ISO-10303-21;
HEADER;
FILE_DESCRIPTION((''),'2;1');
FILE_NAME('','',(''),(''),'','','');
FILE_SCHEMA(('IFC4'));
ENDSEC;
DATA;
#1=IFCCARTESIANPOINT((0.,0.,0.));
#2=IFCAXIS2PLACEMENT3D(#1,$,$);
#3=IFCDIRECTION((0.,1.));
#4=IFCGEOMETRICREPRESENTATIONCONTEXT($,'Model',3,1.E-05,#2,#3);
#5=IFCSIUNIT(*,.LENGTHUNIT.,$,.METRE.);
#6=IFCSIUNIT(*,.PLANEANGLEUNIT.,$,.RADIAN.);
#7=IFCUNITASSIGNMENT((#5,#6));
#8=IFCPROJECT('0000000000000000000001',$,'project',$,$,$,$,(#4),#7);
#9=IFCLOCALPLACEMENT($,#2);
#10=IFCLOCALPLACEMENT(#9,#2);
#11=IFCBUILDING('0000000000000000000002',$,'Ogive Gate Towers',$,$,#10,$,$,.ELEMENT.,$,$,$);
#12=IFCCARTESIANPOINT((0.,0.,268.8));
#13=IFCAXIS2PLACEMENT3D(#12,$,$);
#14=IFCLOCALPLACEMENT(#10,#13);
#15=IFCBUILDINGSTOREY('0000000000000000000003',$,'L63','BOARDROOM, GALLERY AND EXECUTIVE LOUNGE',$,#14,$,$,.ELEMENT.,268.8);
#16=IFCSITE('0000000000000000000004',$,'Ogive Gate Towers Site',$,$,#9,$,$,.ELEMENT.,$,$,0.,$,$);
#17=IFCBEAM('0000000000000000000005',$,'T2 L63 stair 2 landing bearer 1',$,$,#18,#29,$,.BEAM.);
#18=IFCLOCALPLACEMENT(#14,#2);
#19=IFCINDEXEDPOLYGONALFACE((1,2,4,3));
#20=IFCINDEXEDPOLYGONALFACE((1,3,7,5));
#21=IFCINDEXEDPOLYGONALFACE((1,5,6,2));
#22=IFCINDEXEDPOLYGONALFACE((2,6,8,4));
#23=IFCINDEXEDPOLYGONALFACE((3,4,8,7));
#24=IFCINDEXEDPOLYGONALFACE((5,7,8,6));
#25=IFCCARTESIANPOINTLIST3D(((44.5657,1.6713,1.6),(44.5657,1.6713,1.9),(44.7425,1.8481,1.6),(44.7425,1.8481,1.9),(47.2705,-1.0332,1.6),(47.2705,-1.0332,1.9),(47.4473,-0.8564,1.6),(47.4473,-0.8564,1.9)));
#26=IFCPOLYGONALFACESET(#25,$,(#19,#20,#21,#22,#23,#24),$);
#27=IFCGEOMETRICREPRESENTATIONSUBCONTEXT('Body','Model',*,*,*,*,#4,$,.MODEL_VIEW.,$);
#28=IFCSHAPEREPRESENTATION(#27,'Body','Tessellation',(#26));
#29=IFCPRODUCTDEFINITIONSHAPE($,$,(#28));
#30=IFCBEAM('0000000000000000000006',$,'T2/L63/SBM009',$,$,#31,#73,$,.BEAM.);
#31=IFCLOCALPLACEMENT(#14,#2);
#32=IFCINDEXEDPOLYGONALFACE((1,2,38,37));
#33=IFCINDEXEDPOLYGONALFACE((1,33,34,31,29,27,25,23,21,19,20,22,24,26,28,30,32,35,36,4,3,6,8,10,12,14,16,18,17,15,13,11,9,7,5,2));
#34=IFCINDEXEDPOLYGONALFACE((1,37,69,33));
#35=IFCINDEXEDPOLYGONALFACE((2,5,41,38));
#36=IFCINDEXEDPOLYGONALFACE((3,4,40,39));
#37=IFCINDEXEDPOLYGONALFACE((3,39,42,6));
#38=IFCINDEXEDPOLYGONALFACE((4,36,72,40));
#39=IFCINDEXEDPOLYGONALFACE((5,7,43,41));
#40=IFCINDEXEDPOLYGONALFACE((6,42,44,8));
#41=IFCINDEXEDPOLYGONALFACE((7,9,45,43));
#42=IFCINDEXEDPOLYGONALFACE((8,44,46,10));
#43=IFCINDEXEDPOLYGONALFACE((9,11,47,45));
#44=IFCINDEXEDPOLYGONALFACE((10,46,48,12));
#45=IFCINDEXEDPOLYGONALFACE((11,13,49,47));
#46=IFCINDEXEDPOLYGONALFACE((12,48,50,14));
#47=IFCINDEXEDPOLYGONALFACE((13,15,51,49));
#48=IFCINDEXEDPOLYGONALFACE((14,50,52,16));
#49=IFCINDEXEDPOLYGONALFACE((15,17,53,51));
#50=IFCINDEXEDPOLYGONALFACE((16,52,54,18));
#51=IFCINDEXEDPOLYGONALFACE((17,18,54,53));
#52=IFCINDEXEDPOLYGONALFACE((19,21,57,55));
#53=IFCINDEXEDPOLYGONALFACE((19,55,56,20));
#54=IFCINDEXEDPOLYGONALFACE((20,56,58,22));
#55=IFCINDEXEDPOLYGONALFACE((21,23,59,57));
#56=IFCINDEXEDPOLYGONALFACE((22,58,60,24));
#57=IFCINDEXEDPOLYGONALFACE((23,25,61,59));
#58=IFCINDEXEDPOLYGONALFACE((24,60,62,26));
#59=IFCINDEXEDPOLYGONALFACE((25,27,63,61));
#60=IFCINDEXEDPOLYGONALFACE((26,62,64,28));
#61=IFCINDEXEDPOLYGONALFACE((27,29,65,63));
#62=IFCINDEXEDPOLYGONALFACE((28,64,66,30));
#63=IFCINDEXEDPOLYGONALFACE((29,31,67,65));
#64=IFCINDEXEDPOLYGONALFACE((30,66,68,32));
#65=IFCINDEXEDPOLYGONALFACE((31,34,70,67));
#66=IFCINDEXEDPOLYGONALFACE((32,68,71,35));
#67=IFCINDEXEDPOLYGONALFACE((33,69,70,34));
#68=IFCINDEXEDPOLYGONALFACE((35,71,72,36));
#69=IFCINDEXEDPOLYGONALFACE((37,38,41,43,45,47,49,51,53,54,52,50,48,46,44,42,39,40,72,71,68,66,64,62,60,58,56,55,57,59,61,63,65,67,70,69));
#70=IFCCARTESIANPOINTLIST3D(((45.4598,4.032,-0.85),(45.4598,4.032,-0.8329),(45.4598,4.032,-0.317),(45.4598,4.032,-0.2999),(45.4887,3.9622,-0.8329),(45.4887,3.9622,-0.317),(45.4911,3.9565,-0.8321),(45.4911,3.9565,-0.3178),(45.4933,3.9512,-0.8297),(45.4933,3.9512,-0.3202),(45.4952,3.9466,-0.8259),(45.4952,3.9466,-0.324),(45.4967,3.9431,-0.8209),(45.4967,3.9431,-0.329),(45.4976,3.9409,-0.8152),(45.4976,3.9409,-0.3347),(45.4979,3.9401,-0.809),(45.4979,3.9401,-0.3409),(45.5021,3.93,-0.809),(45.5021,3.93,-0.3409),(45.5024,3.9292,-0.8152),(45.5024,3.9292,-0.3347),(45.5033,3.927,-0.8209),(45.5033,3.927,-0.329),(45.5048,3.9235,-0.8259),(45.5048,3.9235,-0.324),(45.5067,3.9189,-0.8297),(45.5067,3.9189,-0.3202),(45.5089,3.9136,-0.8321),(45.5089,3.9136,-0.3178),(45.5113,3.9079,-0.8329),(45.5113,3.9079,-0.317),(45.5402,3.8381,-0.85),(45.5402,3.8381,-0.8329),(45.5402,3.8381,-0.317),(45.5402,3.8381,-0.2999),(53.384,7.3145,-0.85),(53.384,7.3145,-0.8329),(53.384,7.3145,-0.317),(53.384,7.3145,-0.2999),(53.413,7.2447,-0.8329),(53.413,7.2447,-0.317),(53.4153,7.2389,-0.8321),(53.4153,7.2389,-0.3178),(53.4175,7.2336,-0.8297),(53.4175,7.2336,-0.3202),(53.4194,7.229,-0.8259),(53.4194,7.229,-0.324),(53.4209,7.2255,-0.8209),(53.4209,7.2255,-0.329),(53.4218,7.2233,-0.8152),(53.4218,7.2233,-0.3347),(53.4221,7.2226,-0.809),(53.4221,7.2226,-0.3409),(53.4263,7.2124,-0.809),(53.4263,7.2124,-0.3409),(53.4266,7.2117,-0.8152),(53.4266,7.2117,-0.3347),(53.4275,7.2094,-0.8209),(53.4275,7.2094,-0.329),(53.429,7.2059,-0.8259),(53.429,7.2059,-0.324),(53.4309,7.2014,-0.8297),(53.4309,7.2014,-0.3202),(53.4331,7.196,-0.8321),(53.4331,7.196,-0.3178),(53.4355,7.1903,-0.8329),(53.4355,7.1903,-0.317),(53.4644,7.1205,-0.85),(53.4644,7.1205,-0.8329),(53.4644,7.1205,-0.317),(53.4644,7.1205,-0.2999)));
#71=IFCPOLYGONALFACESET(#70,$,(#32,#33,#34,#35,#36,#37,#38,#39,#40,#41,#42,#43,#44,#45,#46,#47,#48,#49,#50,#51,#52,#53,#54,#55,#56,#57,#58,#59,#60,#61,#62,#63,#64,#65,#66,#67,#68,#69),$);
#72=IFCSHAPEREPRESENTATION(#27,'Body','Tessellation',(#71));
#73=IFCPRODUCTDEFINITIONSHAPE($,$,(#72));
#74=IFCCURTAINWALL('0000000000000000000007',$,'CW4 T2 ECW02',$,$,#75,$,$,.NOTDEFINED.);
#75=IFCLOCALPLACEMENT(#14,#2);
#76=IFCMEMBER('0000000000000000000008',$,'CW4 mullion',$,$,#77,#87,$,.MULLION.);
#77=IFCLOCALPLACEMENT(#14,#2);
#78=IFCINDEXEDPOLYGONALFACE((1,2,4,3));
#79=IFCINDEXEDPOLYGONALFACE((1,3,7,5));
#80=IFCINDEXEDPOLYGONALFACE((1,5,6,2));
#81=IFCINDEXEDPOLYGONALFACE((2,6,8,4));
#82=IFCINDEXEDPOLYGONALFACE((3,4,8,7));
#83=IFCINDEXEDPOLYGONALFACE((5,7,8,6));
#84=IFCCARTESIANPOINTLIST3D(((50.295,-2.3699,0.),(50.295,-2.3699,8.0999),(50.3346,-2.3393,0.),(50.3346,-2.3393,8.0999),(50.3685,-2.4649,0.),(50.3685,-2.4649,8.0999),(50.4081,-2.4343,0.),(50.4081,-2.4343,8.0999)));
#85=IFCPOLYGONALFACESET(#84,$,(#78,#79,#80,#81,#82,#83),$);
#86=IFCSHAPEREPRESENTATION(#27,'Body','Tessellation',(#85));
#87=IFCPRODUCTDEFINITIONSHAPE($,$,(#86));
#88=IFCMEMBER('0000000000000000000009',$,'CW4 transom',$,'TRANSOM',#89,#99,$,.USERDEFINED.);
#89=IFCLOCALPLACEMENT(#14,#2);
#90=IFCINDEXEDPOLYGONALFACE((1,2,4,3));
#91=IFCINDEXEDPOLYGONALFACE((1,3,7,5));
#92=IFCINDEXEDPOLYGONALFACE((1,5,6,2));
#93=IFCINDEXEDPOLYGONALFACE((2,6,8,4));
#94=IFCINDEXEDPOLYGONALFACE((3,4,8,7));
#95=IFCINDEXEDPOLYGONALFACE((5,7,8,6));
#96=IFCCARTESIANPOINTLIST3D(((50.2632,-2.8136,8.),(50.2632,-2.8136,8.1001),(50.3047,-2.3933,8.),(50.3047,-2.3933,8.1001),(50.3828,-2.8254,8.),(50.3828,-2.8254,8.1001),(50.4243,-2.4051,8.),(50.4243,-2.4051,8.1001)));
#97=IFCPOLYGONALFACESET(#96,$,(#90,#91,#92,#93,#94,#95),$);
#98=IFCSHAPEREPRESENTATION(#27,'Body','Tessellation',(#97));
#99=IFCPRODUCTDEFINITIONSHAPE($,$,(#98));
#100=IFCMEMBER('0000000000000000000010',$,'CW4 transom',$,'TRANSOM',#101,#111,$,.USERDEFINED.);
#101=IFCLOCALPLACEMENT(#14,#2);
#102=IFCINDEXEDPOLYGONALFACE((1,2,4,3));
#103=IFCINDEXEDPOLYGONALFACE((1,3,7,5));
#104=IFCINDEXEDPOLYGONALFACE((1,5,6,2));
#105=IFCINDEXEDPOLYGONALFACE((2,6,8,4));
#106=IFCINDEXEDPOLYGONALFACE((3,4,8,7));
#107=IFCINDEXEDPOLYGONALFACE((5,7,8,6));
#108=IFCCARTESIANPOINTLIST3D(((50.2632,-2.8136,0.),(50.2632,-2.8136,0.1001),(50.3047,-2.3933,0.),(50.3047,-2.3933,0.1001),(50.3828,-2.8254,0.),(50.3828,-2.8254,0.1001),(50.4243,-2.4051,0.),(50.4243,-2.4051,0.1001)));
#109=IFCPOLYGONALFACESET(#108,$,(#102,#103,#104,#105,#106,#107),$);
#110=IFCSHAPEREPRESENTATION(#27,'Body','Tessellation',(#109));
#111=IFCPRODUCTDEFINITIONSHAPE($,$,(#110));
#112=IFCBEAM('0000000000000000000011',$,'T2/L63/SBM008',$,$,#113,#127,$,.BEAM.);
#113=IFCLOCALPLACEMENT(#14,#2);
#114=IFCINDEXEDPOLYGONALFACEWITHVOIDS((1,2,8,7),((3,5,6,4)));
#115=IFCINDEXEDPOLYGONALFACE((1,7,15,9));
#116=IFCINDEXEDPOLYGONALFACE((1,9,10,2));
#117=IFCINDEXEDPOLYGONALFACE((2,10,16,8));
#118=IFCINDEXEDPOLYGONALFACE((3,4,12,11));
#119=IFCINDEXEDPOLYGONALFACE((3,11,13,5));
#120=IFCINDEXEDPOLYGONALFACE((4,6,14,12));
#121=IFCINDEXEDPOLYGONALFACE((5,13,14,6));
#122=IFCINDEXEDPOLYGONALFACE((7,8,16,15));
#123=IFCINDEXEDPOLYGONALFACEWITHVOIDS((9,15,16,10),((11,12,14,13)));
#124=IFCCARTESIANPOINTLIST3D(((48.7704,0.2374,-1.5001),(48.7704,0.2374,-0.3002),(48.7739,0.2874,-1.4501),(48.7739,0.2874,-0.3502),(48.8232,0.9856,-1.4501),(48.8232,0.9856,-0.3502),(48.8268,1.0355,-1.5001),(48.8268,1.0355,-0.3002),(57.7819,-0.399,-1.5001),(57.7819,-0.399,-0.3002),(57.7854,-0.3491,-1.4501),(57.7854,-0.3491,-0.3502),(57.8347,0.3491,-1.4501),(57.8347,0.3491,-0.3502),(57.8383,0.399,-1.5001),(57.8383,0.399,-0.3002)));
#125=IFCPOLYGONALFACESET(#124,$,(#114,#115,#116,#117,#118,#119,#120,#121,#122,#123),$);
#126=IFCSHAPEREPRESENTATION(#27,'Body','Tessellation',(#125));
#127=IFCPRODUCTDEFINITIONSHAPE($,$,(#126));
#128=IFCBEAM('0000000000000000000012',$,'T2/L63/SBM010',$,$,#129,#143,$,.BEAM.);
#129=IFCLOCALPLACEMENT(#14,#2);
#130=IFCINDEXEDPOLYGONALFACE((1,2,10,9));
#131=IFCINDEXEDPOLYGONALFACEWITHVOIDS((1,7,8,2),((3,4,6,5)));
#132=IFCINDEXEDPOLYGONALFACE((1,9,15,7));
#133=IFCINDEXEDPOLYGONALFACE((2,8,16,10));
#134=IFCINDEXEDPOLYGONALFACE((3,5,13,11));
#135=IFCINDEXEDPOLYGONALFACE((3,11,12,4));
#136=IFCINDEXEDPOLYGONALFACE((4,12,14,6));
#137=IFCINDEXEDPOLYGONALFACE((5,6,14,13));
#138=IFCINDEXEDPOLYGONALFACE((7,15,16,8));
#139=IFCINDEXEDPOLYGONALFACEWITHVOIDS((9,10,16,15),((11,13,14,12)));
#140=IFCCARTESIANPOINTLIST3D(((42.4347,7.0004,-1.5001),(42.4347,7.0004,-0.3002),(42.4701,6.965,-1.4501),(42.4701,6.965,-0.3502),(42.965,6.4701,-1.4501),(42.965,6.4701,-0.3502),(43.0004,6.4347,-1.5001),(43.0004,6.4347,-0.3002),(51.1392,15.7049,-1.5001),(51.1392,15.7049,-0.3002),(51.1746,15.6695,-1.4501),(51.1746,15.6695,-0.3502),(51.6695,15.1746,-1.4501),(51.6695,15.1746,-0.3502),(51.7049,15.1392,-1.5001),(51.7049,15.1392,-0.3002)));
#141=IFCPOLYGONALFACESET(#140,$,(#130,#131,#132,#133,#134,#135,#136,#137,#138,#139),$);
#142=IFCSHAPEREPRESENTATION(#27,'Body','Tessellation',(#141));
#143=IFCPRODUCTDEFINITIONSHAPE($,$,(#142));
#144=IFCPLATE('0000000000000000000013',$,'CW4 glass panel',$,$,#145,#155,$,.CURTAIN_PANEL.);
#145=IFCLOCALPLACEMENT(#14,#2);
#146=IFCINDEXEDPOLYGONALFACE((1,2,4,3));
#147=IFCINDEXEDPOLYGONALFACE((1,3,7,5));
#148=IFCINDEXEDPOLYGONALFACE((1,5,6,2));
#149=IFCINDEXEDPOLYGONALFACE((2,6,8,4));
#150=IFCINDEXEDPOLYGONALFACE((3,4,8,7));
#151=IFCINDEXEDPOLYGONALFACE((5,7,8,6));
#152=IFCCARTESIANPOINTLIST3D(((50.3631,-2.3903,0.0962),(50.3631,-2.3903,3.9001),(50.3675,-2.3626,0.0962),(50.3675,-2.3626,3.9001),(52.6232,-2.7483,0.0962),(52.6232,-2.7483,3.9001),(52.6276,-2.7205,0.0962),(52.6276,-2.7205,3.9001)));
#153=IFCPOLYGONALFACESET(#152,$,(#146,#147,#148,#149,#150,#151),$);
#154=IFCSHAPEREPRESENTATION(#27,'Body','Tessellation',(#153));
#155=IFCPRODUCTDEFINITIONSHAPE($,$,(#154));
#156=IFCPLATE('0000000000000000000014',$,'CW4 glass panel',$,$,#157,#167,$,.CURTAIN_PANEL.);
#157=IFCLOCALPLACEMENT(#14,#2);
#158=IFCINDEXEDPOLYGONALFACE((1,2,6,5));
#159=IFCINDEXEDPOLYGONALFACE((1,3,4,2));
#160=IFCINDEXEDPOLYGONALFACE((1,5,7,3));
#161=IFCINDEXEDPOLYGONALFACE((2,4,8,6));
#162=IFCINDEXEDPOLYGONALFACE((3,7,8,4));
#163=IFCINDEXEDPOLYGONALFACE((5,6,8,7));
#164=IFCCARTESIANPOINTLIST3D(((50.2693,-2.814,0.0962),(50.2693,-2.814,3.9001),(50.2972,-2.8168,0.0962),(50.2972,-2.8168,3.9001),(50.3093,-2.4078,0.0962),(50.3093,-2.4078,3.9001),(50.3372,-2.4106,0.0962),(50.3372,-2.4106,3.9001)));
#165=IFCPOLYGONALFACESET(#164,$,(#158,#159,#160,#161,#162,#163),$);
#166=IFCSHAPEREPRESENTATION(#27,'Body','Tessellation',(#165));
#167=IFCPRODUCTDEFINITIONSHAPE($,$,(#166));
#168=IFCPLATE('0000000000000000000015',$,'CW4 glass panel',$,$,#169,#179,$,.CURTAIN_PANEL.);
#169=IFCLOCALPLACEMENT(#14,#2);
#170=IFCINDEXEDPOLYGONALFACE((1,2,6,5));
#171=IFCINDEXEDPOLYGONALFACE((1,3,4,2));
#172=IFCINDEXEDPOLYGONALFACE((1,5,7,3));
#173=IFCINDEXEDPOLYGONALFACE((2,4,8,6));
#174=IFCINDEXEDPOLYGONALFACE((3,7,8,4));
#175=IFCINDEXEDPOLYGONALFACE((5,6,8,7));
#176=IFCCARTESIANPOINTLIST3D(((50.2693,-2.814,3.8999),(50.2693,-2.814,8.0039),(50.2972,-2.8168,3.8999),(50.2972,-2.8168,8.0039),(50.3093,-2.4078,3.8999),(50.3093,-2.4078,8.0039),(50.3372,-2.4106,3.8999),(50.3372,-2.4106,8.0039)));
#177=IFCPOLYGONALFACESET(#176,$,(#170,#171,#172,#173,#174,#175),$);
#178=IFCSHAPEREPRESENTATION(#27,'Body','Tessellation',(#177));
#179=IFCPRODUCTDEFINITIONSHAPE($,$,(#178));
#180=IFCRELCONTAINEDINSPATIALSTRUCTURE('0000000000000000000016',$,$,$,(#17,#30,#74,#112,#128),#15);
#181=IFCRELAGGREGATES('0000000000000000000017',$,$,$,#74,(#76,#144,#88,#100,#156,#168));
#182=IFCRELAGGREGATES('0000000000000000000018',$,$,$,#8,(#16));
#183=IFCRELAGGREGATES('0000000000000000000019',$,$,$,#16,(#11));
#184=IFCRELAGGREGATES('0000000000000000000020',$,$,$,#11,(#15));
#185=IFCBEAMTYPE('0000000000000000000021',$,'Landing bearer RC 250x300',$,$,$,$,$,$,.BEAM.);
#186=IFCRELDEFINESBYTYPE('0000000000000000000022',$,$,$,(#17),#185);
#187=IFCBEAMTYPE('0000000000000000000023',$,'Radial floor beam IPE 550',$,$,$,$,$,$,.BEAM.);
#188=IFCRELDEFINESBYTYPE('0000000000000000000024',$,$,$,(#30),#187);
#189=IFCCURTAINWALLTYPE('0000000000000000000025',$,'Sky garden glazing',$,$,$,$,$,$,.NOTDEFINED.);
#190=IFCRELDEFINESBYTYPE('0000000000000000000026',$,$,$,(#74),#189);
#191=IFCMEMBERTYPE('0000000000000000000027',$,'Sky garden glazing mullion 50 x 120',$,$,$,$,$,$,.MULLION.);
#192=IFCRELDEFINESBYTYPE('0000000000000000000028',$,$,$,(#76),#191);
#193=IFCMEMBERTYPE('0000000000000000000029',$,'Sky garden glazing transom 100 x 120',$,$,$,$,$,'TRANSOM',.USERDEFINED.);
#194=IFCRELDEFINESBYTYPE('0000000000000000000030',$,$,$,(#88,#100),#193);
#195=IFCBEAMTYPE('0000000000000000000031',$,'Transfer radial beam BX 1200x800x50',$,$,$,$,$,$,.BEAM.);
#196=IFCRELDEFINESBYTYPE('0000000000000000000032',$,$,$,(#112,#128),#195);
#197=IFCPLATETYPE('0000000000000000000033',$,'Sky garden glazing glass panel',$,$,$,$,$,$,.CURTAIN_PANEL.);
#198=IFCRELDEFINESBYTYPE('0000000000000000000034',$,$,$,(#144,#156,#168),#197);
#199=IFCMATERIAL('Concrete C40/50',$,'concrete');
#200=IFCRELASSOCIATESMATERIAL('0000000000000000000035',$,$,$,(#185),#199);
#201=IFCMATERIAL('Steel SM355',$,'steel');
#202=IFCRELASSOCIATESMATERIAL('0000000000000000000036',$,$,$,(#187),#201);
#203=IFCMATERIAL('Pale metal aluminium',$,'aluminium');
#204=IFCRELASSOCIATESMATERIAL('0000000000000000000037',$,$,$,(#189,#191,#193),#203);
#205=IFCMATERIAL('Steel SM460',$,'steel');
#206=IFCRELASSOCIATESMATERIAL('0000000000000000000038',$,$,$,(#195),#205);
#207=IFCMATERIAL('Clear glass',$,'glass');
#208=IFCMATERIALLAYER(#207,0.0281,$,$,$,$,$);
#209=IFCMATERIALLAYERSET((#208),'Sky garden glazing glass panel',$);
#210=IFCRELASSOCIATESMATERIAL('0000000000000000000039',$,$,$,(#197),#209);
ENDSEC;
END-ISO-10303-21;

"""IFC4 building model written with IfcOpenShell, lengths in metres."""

from ifc_helpers import new_model, si_unit, direction, frame, origin, origin_2d, place, context, subcontext, project, spatial, rectangle, hollow_rectangle, i_section, extrude, material, layer, layer_set, material_profile, profile_set, type_object, element, aggregate, save


model = new_model("IFC4")

# Units and contexts
model_context = context("Model", 3, precision=1e-05, world=origin(), true_north=direction((0.0, 1.0)))
body_context = subcontext(model_context, "Body", "Model", "MODEL_VIEW")
ifc_project = project(units=[si_unit("LENGTHUNIT", "METRE"), si_unit("PLANEANGLEUNIT", "RADIAN")], contexts=[model_context])

# Site, building, storey
site_placement = place(None, origin())
site = spatial("IfcSite", under=ifc_project, at=site_placement, Name="Ogive Gate Towers Site", CompositionType="ELEMENT", RefElevation=0.0)
building_placement = place(site_placement, origin())
building = spatial("IfcBuilding", under=site, at=building_placement, Name="Ogive Gate Towers", CompositionType="ELEMENT")
storey_placement = place(building_placement, frame((0.0, 0.0, 268.8)))
storey = spatial("IfcBuildingStorey", under=building, at=storey_placement, Name="L63", Description="BOARDROOM, GALLERY AND EXECUTIVE LOUNGE", CompositionType="ELEMENT", Elevation=268.8)

# Beams
ifc_material_1 = material(Name="Concrete C40/50", Category="concrete")
ifc_material_profile_1 = material_profile(ifc_material_1, rectangle(XDim=0.25, YDim=0.3, at=origin_2d()), Name="RC 250x300")
ifc_profile_set_1 = profile_set([ifc_material_profile_1], Name="Concrete C40/50")
beam_type_1 = type_object("IfcBeamType", Name="Landing bearer RC 250x300", PredefinedType="BEAM", material=ifc_profile_set_1)
beam_1_placement = place(storey_placement, frame((47.3589, -0.9448, 1.75), z_axis=(-0.707139, 0.707075, 0.0), x_axis=(-0.707075, -0.707139, 0.0)))
element("IfcBeam", 1, at=beam_1_placement, inside=storey, type_object=beam_type_1, Name="T2 L63 stair 2 landing bearer 1", PredefinedType="BEAM", context=body_context, shape_type="SweptSolid", body=[
    extrude(rectangle(XDim=0.25, YDim=0.3, at=origin_2d()), origin(), (0.0, 0.0, 1.0), 3.825),
])
ifc_material_2 = material(Name="Steel SM355", Category="steel")
ifc_material_profile_2 = material_profile(ifc_material_2, i_section(OverallWidth=0.21, OverallDepth=0.55, WebThickness=0.011, FlangeThickness=0.0171, FilletRadius=0.0239, at=origin_2d()), Name="IPE 550")
ifc_profile_set_2 = profile_set([ifc_material_profile_2], Name="Steel SM355")
beam_type_2 = type_object("IfcBeamType", Name="Radial floor beam IPE 550", PredefinedType="BEAM", material=ifc_profile_set_2)
beam_2_placement = place(storey_placement, frame((45.5, 3.9351, -0.575), z_axis=(0.923875, 0.382695, 0.0), x_axis=(-0.382695, 0.923875, 0.0)))
element("IfcBeam", 2, at=beam_2_placement, inside=storey, type_object=beam_type_2, Name="T2/L63/SBM009", PredefinedType="BEAM", context=body_context, shape_type="SweptSolid", body=[
    extrude(i_section(OverallWidth=0.21, OverallDepth=0.55, WebThickness=0.011, FlangeThickness=0.0171, FilletRadius=0.0239, at=origin_2d()), origin(), (0.0, 0.0, 1.0), 8.5771),
])

# Curtain wall, members
ifc_material_3 = material(Name="Pale metal aluminium", Category="aluminium")
curtain_wall_type = type_object("IfcCurtainWallType", Name="Sky garden glazing", PredefinedType="NOTDEFINED", material=ifc_material_3)
curtain_wall_placement = place(storey_placement, origin())
curtain_wall = element("IfcCurtainWall", 3, at=curtain_wall_placement, inside=storey, type_object=curtain_wall_type, Name="CW4 T2 ECW02", PredefinedType="NOTDEFINED")
ifc_material_profile_3 = material_profile(ifc_material_3, rectangle(XDim=0.1201, YDim=0.05, at=origin_2d()), Name="50 x 120 aluminium box")
ifc_profile_set_3 = profile_set([ifc_material_profile_3], Name="Pale metal aluminium")
member_type_1 = type_object("IfcMemberType", Name="Sky garden glazing mullion 50 x 120", PredefinedType="MULLION", material=ifc_profile_set_3)
member_1_placement = place(storey_placement, frame((50.3516, -2.4021, 0.0), z_axis=(0.0, 0.0, 1.0), x_axis=(-0.611361, 0.791352, 0.0)))
member_1 = element("IfcMember", 4, at=member_1_placement, type_object=member_type_1, Name="CW4 mullion", PredefinedType="MULLION", context=body_context, shape_type="SweptSolid", body=[
    extrude(rectangle(XDim=0.1201, YDim=0.05, at=origin_2d()), origin(), (0.0, 0.0, 1.0), 8.0999),
])
ifc_material_profile_4 = material_profile(ifc_material_3, rectangle(XDim=0.1201, YDim=0.1001, at=origin_2d()), Name="100 x 120 aluminium box")
ifc_profile_set_4 = profile_set([ifc_material_profile_4], Name="Pale metal aluminium")
member_type_2 = type_object("IfcMemberType", Name="Sky garden glazing transom 100 x 120", ElementType="TRANSOM", PredefinedType="USERDEFINED", material=ifc_profile_set_4)
member_2_placement = place(storey_placement, frame((50.3645, -2.3992, 8.05), z_axis=(-0.098245, -0.995162, 0.0), x_axis=(0.995162, -0.098245, 0.0)))
member_2 = element("IfcMember", 5, at=member_2_placement, type_object=member_type_2, Name="CW4 transom", ObjectType="TRANSOM", PredefinedType="USERDEFINED", context=body_context, shape_type="SweptSolid", body=[
    extrude(rectangle(XDim=0.1201, YDim=0.1001, at=origin_2d()), origin(), (0.0, 0.0, 1.0), 0.4224),
])
member_3_placement = place(storey_placement, frame((50.3645, -2.3992, 0.05), z_axis=(-0.098245, -0.995162, 0.0), x_axis=(0.995162, -0.098245, 0.0)))
member_3 = element("IfcMember", 6, at=member_3_placement, type_object=member_type_2, Name="CW4 transom", ObjectType="TRANSOM", PredefinedType="USERDEFINED", context=body_context, shape_type="SweptSolid", body=[
    extrude(rectangle(XDim=0.1201, YDim=0.1001, at=origin_2d()), origin(), (0.0, 0.0, 1.0), 0.4224),
])

# Beams
ifc_material_4 = material(Name="Steel SM460", Category="steel")
ifc_material_profile_5 = material_profile(ifc_material_4, hollow_rectangle(XDim=0.8, YDim=1.2, WallThickness=0.05, at=origin_2d()), Name="BX 1200x800x50")
ifc_profile_set_5 = profile_set([ifc_material_profile_5], Name="Steel SM460")
beam_type_3 = type_object("IfcBeamType", Name="Transfer radial beam BX 1200x800x50", PredefinedType="BEAM", material=ifc_profile_set_5)
beam_3_placement = place(storey_placement, frame((48.7986, 0.6365, -0.9001), z_axis=(0.997515, -0.070454, 0.0), x_axis=(0.070454, 0.997515, 0.0)))
element("IfcBeam", 7, at=beam_3_placement, inside=storey, type_object=beam_type_3, Name="T2/L63/SBM008", PredefinedType="BEAM", context=body_context, shape_type="SweptSolid", body=[
    extrude(hollow_rectangle(XDim=0.8, YDim=1.2, WallThickness=0.05, at=origin_2d()), origin(), (0.0, 0.0, 1.0), 9.0339),
])
beam_4_placement = place(storey_placement, frame((42.7175, 6.7175, -0.9001), z_axis=(0.707107, 0.707107, 0.0), x_axis=(-0.707107, 0.707107, 0.0)))
element("IfcBeam", 8, at=beam_4_placement, inside=storey, type_object=beam_type_3, Name="T2/L63/SBM010", PredefinedType="BEAM", context=body_context, shape_type="SweptSolid", body=[
    extrude(hollow_rectangle(XDim=0.8, YDim=1.2, WallThickness=0.05, at=origin_2d()), origin(), (0.0, 0.0, 1.0), 12.3101),
])

# Plates
ifc_material_5 = material(Name="Clear glass", Category="glass")
ifc_layer_1 = layer(ifc_material_5, 0.0281)
ifc_layer_set_1 = layer_set([ifc_layer_1], Name="Sky garden glazing glass panel")
plate_type = type_object("IfcPlateType", Name="Sky garden glazing glass panel", PredefinedType="CURTAIN_PANEL", material=ifc_layer_set_1)
plate_1_placement = place(storey_placement, frame((51.4954, -2.5554, 0.0962), z_axis=(0.0, 0.0, 1.0), x_axis=(-0.987688, 0.156434, 0.0)))
plate_1 = element("IfcPlate", 9, at=plate_1_placement, type_object=plate_type, Name="CW4 glass panel", PredefinedType="CURTAIN_PANEL", context=body_context, shape_type="SweptSolid", body=[
    extrude(rectangle(XDim=2.2883, YDim=0.0281, at=origin_2d()), origin(), (0.0, 0.0, 1.0), 3.804),
])
plate_2_placement = place(storey_placement, frame((50.3032, -2.6123, 0.0962), z_axis=(0.0, 0.0, 1.0), x_axis=(-0.098, -0.995186, 0.0)))
plate_2 = element("IfcPlate", 10, at=plate_2_placement, type_object=plate_type, Name="CW4 glass panel", PredefinedType="CURTAIN_PANEL", context=body_context, shape_type="SweptSolid", body=[
    extrude(rectangle(XDim=0.4082, YDim=0.0281, at=origin_2d()), origin(), (0.0, 0.0, 1.0), 3.804),
])
plate_3_placement = place(storey_placement, frame((50.3032, -2.6123, 3.8999), z_axis=(0.0, 0.0, 1.0), x_axis=(-0.098, -0.995186, 0.0)))
plate_3 = element("IfcPlate", 11, at=plate_3_placement, type_object=plate_type, Name="CW4 glass panel", PredefinedType="CURTAIN_PANEL", context=body_context, shape_type="SweptSolid", body=[
    extrude(rectangle(XDim=0.4082, YDim=0.0281, at=origin_2d()), origin(), (0.0, 0.0, 1.0), 4.104),
])
aggregate(curtain_wall, [member_1, plate_1, member_2, member_3, plate_2, plate_3])

save(model, "model.ifc")
